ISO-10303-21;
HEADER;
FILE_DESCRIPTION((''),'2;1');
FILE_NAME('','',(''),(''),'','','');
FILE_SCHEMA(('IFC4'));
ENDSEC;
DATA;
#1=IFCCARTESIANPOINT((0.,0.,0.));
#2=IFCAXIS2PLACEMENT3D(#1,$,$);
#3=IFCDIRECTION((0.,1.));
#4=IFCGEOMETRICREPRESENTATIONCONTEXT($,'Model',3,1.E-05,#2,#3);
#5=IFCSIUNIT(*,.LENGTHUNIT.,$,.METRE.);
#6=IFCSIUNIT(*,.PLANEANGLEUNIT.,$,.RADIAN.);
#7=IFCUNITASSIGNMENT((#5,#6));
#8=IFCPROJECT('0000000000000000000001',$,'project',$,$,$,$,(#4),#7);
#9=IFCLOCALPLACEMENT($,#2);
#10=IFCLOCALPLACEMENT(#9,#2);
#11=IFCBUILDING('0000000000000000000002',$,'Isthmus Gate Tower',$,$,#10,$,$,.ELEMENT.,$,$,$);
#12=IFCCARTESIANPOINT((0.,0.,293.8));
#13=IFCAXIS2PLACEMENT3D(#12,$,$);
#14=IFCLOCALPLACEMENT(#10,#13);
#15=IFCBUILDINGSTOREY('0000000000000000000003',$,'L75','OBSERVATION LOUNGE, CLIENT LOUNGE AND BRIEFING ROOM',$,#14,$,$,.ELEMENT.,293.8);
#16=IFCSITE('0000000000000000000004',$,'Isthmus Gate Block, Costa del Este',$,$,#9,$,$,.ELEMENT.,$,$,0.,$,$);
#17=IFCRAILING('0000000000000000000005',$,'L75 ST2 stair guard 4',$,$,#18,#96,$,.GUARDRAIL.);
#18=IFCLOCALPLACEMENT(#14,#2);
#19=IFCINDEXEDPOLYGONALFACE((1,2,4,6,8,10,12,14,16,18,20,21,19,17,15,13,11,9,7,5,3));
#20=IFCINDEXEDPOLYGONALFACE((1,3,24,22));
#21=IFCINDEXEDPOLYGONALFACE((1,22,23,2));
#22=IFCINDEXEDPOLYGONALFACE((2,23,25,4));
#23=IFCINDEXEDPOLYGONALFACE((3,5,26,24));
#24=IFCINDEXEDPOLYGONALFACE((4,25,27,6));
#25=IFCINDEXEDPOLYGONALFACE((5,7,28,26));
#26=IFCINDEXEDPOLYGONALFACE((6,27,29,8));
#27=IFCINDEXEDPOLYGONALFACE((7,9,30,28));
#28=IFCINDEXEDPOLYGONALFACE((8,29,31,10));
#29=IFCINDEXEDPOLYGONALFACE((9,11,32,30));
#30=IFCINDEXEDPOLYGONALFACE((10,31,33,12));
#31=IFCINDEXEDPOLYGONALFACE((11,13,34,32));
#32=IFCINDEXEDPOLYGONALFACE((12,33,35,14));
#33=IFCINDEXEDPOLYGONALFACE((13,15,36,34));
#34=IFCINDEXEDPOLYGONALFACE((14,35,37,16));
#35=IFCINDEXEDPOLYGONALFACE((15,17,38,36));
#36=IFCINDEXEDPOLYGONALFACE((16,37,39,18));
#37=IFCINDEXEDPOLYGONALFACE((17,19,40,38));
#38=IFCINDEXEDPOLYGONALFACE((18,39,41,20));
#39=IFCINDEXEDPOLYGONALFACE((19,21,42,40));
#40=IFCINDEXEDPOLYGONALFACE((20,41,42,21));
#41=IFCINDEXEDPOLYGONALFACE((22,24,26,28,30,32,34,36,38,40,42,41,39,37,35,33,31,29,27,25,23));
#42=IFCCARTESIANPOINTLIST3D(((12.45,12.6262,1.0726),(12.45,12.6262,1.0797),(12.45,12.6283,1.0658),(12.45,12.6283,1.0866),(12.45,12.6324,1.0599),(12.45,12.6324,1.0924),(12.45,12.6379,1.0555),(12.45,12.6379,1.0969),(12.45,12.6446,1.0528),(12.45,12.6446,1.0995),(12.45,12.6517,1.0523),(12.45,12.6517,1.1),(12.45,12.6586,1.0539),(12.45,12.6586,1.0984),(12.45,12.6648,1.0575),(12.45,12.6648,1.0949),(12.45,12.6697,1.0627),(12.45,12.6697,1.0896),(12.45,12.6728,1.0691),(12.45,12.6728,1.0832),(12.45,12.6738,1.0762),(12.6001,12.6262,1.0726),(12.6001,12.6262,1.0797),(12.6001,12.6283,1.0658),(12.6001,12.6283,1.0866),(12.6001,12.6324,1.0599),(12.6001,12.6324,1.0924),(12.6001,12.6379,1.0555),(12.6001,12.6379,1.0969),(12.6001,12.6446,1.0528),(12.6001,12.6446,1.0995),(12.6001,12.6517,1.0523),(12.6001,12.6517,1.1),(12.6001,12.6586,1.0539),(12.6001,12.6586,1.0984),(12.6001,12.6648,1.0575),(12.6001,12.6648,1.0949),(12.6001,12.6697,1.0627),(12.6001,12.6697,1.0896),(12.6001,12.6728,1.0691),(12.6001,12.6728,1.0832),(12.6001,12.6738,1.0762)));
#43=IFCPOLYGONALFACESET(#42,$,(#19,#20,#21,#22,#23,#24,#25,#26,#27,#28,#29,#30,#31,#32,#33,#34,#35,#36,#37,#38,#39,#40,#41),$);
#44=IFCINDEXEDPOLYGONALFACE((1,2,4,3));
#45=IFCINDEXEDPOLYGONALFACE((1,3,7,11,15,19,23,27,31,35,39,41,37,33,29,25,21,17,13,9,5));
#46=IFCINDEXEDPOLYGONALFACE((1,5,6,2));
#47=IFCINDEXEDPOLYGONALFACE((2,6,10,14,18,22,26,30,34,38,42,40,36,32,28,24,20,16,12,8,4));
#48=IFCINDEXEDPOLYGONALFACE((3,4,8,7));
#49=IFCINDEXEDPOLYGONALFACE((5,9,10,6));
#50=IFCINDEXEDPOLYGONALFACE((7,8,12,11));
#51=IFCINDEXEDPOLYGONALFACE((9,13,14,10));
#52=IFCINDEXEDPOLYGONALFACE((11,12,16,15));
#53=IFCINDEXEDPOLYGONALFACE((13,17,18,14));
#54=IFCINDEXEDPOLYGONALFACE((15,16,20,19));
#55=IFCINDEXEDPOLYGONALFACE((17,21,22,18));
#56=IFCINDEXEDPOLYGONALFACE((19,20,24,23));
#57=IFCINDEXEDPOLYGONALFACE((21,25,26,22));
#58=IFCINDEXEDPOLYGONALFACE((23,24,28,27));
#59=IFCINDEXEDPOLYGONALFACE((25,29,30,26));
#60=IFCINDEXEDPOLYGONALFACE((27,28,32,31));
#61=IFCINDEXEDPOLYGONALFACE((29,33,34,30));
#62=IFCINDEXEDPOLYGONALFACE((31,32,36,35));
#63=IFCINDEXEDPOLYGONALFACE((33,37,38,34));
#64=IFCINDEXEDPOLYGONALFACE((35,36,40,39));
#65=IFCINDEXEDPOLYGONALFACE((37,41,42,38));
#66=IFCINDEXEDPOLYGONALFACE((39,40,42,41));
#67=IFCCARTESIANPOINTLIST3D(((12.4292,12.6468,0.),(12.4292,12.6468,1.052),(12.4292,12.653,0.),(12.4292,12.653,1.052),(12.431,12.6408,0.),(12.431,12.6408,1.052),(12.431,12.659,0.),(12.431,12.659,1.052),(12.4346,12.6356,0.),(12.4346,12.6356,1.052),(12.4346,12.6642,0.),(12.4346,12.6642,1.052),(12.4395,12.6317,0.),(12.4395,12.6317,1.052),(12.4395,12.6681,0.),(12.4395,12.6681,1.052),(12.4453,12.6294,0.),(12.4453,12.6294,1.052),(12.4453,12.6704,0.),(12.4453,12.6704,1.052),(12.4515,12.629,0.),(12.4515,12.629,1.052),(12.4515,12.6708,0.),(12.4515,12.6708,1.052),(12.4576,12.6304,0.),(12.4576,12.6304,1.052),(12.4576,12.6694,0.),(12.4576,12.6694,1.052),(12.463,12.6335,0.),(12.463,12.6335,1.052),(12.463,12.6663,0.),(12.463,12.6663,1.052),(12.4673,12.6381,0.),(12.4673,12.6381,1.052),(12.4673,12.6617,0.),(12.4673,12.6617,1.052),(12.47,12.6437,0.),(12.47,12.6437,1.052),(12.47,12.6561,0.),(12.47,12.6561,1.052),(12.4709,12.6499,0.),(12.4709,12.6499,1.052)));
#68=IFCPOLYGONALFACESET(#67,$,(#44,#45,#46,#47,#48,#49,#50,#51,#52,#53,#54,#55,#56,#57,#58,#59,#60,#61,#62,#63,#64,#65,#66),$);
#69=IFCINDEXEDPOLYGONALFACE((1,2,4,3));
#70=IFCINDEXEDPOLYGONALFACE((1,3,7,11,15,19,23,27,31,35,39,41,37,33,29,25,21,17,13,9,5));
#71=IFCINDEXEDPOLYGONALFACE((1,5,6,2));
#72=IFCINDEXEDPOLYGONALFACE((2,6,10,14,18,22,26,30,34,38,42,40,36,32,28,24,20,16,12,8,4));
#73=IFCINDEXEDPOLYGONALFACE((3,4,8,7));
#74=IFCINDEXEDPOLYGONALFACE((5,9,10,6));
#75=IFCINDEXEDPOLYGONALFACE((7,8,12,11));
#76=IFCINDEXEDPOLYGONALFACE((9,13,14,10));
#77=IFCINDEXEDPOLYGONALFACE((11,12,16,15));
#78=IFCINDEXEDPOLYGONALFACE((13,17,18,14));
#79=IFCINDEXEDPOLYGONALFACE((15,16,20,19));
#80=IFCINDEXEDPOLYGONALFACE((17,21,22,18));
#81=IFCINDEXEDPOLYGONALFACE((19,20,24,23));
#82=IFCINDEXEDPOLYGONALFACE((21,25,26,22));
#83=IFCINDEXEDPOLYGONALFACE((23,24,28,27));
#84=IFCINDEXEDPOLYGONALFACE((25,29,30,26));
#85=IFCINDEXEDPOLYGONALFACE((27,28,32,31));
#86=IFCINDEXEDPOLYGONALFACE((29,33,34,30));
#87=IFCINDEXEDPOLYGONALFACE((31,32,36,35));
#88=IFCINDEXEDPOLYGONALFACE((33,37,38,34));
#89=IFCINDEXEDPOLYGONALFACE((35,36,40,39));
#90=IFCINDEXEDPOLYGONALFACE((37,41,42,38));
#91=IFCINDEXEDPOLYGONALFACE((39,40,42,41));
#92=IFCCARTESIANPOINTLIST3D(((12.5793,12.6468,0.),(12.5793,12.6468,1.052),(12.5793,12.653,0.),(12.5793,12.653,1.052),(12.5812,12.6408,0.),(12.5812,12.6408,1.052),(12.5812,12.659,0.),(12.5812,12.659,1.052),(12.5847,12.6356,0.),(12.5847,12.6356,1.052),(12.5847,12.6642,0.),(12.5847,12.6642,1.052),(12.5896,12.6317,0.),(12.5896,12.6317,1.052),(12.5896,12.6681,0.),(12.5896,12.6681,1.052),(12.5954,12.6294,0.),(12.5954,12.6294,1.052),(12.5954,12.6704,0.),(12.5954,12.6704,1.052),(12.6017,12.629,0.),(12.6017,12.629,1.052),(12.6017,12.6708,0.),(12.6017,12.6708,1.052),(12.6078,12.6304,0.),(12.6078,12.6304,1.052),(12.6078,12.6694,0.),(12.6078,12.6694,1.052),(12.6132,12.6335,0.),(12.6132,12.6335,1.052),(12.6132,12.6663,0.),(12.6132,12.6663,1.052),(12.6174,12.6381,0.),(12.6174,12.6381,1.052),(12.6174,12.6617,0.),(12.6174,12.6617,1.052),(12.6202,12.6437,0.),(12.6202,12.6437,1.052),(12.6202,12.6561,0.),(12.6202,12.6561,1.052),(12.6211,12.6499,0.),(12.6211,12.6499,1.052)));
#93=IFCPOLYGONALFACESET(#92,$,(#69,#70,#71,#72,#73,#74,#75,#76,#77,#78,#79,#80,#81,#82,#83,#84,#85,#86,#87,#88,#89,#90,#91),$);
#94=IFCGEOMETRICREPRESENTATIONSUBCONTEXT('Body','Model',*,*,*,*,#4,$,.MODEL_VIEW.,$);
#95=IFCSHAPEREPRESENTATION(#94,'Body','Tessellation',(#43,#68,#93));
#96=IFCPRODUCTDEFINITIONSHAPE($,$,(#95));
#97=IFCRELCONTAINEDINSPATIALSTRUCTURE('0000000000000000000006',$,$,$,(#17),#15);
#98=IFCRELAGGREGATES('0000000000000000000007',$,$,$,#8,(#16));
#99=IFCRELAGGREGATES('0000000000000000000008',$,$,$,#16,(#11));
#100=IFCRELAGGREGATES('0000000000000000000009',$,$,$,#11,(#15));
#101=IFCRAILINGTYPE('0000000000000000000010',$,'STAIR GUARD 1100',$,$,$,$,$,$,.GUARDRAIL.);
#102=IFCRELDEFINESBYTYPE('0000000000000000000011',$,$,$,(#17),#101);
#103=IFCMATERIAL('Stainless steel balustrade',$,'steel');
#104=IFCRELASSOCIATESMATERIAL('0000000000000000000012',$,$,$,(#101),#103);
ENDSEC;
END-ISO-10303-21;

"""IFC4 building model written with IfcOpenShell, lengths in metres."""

from ifc_helpers import new_model, si_unit, direction, frame, origin, origin_2d, place, context, subcontext, project, spatial, circle, extrude, material, type_object, element, save


model = new_model("IFC4")

# Units and contexts
model_context = context("Model", 3, precision=1e-05, world=origin(), true_north=direction((0.0, 1.0)))
body_context = subcontext(model_context, "Body", "Model", "MODEL_VIEW")
ifc_project = project(units=[si_unit("LENGTHUNIT", "METRE"), si_unit("PLANEANGLEUNIT", "RADIAN")], contexts=[model_context])

# Site, building, storey
site_placement = place(None, origin())
site = spatial("IfcSite", under=ifc_project, at=site_placement, Name="Isthmus Gate Block, Costa del Este", CompositionType="ELEMENT", RefElevation=0.0)
building_placement = place(site_placement, origin())
building = spatial("IfcBuilding", under=site, at=building_placement, Name="Isthmus Gate Tower", CompositionType="ELEMENT")
storey_placement = place(building_placement, frame((0.0, 0.0, 293.8)))
storey = spatial("IfcBuildingStorey", under=building, at=storey_placement, Name="L75", Description="OBSERVATION LOUNGE, CLIENT LOUNGE AND BRIEFING ROOM", CompositionType="ELEMENT", Elevation=293.8)

# Railing
ifc_material_1 = material(Name="Stainless steel balustrade", Category="steel")
railing_type_1 = type_object("IfcRailingType", Name="STAIR GUARD 1100", PredefinedType="GUARDRAIL", material=ifc_material_1)
railing_1_placement = place(storey_placement, frame((12.45, 12.6499, 0.0)))
element("IfcRailing", 1, at=railing_1_placement, inside=storey, type_object=railing_type_1, Name="L75 ST2 stair guard 4", PredefinedType="GUARDRAIL", context=body_context, shape_type="SweptSolid", body=[
    extrude(circle(Radius=0.0239, at=origin_2d()), frame((0.0, 0.0, 1.0762), z_axis=(1.0, 0.0, 0.0), x_axis=(0.0, 1.0, 0.0)), (0.0, 0.0, 1.0), 0.1501),
    extrude(circle(Radius=0.021, at=origin_2d()), origin(), (0.0, 0.0, 1.0), 1.052),
    extrude(circle(Radius=0.021, at=origin_2d()), frame((0.1501, 0.0, 0.0)), (0.0, 0.0, 1.0), 1.052),
])

save(model, "model.ifc")
